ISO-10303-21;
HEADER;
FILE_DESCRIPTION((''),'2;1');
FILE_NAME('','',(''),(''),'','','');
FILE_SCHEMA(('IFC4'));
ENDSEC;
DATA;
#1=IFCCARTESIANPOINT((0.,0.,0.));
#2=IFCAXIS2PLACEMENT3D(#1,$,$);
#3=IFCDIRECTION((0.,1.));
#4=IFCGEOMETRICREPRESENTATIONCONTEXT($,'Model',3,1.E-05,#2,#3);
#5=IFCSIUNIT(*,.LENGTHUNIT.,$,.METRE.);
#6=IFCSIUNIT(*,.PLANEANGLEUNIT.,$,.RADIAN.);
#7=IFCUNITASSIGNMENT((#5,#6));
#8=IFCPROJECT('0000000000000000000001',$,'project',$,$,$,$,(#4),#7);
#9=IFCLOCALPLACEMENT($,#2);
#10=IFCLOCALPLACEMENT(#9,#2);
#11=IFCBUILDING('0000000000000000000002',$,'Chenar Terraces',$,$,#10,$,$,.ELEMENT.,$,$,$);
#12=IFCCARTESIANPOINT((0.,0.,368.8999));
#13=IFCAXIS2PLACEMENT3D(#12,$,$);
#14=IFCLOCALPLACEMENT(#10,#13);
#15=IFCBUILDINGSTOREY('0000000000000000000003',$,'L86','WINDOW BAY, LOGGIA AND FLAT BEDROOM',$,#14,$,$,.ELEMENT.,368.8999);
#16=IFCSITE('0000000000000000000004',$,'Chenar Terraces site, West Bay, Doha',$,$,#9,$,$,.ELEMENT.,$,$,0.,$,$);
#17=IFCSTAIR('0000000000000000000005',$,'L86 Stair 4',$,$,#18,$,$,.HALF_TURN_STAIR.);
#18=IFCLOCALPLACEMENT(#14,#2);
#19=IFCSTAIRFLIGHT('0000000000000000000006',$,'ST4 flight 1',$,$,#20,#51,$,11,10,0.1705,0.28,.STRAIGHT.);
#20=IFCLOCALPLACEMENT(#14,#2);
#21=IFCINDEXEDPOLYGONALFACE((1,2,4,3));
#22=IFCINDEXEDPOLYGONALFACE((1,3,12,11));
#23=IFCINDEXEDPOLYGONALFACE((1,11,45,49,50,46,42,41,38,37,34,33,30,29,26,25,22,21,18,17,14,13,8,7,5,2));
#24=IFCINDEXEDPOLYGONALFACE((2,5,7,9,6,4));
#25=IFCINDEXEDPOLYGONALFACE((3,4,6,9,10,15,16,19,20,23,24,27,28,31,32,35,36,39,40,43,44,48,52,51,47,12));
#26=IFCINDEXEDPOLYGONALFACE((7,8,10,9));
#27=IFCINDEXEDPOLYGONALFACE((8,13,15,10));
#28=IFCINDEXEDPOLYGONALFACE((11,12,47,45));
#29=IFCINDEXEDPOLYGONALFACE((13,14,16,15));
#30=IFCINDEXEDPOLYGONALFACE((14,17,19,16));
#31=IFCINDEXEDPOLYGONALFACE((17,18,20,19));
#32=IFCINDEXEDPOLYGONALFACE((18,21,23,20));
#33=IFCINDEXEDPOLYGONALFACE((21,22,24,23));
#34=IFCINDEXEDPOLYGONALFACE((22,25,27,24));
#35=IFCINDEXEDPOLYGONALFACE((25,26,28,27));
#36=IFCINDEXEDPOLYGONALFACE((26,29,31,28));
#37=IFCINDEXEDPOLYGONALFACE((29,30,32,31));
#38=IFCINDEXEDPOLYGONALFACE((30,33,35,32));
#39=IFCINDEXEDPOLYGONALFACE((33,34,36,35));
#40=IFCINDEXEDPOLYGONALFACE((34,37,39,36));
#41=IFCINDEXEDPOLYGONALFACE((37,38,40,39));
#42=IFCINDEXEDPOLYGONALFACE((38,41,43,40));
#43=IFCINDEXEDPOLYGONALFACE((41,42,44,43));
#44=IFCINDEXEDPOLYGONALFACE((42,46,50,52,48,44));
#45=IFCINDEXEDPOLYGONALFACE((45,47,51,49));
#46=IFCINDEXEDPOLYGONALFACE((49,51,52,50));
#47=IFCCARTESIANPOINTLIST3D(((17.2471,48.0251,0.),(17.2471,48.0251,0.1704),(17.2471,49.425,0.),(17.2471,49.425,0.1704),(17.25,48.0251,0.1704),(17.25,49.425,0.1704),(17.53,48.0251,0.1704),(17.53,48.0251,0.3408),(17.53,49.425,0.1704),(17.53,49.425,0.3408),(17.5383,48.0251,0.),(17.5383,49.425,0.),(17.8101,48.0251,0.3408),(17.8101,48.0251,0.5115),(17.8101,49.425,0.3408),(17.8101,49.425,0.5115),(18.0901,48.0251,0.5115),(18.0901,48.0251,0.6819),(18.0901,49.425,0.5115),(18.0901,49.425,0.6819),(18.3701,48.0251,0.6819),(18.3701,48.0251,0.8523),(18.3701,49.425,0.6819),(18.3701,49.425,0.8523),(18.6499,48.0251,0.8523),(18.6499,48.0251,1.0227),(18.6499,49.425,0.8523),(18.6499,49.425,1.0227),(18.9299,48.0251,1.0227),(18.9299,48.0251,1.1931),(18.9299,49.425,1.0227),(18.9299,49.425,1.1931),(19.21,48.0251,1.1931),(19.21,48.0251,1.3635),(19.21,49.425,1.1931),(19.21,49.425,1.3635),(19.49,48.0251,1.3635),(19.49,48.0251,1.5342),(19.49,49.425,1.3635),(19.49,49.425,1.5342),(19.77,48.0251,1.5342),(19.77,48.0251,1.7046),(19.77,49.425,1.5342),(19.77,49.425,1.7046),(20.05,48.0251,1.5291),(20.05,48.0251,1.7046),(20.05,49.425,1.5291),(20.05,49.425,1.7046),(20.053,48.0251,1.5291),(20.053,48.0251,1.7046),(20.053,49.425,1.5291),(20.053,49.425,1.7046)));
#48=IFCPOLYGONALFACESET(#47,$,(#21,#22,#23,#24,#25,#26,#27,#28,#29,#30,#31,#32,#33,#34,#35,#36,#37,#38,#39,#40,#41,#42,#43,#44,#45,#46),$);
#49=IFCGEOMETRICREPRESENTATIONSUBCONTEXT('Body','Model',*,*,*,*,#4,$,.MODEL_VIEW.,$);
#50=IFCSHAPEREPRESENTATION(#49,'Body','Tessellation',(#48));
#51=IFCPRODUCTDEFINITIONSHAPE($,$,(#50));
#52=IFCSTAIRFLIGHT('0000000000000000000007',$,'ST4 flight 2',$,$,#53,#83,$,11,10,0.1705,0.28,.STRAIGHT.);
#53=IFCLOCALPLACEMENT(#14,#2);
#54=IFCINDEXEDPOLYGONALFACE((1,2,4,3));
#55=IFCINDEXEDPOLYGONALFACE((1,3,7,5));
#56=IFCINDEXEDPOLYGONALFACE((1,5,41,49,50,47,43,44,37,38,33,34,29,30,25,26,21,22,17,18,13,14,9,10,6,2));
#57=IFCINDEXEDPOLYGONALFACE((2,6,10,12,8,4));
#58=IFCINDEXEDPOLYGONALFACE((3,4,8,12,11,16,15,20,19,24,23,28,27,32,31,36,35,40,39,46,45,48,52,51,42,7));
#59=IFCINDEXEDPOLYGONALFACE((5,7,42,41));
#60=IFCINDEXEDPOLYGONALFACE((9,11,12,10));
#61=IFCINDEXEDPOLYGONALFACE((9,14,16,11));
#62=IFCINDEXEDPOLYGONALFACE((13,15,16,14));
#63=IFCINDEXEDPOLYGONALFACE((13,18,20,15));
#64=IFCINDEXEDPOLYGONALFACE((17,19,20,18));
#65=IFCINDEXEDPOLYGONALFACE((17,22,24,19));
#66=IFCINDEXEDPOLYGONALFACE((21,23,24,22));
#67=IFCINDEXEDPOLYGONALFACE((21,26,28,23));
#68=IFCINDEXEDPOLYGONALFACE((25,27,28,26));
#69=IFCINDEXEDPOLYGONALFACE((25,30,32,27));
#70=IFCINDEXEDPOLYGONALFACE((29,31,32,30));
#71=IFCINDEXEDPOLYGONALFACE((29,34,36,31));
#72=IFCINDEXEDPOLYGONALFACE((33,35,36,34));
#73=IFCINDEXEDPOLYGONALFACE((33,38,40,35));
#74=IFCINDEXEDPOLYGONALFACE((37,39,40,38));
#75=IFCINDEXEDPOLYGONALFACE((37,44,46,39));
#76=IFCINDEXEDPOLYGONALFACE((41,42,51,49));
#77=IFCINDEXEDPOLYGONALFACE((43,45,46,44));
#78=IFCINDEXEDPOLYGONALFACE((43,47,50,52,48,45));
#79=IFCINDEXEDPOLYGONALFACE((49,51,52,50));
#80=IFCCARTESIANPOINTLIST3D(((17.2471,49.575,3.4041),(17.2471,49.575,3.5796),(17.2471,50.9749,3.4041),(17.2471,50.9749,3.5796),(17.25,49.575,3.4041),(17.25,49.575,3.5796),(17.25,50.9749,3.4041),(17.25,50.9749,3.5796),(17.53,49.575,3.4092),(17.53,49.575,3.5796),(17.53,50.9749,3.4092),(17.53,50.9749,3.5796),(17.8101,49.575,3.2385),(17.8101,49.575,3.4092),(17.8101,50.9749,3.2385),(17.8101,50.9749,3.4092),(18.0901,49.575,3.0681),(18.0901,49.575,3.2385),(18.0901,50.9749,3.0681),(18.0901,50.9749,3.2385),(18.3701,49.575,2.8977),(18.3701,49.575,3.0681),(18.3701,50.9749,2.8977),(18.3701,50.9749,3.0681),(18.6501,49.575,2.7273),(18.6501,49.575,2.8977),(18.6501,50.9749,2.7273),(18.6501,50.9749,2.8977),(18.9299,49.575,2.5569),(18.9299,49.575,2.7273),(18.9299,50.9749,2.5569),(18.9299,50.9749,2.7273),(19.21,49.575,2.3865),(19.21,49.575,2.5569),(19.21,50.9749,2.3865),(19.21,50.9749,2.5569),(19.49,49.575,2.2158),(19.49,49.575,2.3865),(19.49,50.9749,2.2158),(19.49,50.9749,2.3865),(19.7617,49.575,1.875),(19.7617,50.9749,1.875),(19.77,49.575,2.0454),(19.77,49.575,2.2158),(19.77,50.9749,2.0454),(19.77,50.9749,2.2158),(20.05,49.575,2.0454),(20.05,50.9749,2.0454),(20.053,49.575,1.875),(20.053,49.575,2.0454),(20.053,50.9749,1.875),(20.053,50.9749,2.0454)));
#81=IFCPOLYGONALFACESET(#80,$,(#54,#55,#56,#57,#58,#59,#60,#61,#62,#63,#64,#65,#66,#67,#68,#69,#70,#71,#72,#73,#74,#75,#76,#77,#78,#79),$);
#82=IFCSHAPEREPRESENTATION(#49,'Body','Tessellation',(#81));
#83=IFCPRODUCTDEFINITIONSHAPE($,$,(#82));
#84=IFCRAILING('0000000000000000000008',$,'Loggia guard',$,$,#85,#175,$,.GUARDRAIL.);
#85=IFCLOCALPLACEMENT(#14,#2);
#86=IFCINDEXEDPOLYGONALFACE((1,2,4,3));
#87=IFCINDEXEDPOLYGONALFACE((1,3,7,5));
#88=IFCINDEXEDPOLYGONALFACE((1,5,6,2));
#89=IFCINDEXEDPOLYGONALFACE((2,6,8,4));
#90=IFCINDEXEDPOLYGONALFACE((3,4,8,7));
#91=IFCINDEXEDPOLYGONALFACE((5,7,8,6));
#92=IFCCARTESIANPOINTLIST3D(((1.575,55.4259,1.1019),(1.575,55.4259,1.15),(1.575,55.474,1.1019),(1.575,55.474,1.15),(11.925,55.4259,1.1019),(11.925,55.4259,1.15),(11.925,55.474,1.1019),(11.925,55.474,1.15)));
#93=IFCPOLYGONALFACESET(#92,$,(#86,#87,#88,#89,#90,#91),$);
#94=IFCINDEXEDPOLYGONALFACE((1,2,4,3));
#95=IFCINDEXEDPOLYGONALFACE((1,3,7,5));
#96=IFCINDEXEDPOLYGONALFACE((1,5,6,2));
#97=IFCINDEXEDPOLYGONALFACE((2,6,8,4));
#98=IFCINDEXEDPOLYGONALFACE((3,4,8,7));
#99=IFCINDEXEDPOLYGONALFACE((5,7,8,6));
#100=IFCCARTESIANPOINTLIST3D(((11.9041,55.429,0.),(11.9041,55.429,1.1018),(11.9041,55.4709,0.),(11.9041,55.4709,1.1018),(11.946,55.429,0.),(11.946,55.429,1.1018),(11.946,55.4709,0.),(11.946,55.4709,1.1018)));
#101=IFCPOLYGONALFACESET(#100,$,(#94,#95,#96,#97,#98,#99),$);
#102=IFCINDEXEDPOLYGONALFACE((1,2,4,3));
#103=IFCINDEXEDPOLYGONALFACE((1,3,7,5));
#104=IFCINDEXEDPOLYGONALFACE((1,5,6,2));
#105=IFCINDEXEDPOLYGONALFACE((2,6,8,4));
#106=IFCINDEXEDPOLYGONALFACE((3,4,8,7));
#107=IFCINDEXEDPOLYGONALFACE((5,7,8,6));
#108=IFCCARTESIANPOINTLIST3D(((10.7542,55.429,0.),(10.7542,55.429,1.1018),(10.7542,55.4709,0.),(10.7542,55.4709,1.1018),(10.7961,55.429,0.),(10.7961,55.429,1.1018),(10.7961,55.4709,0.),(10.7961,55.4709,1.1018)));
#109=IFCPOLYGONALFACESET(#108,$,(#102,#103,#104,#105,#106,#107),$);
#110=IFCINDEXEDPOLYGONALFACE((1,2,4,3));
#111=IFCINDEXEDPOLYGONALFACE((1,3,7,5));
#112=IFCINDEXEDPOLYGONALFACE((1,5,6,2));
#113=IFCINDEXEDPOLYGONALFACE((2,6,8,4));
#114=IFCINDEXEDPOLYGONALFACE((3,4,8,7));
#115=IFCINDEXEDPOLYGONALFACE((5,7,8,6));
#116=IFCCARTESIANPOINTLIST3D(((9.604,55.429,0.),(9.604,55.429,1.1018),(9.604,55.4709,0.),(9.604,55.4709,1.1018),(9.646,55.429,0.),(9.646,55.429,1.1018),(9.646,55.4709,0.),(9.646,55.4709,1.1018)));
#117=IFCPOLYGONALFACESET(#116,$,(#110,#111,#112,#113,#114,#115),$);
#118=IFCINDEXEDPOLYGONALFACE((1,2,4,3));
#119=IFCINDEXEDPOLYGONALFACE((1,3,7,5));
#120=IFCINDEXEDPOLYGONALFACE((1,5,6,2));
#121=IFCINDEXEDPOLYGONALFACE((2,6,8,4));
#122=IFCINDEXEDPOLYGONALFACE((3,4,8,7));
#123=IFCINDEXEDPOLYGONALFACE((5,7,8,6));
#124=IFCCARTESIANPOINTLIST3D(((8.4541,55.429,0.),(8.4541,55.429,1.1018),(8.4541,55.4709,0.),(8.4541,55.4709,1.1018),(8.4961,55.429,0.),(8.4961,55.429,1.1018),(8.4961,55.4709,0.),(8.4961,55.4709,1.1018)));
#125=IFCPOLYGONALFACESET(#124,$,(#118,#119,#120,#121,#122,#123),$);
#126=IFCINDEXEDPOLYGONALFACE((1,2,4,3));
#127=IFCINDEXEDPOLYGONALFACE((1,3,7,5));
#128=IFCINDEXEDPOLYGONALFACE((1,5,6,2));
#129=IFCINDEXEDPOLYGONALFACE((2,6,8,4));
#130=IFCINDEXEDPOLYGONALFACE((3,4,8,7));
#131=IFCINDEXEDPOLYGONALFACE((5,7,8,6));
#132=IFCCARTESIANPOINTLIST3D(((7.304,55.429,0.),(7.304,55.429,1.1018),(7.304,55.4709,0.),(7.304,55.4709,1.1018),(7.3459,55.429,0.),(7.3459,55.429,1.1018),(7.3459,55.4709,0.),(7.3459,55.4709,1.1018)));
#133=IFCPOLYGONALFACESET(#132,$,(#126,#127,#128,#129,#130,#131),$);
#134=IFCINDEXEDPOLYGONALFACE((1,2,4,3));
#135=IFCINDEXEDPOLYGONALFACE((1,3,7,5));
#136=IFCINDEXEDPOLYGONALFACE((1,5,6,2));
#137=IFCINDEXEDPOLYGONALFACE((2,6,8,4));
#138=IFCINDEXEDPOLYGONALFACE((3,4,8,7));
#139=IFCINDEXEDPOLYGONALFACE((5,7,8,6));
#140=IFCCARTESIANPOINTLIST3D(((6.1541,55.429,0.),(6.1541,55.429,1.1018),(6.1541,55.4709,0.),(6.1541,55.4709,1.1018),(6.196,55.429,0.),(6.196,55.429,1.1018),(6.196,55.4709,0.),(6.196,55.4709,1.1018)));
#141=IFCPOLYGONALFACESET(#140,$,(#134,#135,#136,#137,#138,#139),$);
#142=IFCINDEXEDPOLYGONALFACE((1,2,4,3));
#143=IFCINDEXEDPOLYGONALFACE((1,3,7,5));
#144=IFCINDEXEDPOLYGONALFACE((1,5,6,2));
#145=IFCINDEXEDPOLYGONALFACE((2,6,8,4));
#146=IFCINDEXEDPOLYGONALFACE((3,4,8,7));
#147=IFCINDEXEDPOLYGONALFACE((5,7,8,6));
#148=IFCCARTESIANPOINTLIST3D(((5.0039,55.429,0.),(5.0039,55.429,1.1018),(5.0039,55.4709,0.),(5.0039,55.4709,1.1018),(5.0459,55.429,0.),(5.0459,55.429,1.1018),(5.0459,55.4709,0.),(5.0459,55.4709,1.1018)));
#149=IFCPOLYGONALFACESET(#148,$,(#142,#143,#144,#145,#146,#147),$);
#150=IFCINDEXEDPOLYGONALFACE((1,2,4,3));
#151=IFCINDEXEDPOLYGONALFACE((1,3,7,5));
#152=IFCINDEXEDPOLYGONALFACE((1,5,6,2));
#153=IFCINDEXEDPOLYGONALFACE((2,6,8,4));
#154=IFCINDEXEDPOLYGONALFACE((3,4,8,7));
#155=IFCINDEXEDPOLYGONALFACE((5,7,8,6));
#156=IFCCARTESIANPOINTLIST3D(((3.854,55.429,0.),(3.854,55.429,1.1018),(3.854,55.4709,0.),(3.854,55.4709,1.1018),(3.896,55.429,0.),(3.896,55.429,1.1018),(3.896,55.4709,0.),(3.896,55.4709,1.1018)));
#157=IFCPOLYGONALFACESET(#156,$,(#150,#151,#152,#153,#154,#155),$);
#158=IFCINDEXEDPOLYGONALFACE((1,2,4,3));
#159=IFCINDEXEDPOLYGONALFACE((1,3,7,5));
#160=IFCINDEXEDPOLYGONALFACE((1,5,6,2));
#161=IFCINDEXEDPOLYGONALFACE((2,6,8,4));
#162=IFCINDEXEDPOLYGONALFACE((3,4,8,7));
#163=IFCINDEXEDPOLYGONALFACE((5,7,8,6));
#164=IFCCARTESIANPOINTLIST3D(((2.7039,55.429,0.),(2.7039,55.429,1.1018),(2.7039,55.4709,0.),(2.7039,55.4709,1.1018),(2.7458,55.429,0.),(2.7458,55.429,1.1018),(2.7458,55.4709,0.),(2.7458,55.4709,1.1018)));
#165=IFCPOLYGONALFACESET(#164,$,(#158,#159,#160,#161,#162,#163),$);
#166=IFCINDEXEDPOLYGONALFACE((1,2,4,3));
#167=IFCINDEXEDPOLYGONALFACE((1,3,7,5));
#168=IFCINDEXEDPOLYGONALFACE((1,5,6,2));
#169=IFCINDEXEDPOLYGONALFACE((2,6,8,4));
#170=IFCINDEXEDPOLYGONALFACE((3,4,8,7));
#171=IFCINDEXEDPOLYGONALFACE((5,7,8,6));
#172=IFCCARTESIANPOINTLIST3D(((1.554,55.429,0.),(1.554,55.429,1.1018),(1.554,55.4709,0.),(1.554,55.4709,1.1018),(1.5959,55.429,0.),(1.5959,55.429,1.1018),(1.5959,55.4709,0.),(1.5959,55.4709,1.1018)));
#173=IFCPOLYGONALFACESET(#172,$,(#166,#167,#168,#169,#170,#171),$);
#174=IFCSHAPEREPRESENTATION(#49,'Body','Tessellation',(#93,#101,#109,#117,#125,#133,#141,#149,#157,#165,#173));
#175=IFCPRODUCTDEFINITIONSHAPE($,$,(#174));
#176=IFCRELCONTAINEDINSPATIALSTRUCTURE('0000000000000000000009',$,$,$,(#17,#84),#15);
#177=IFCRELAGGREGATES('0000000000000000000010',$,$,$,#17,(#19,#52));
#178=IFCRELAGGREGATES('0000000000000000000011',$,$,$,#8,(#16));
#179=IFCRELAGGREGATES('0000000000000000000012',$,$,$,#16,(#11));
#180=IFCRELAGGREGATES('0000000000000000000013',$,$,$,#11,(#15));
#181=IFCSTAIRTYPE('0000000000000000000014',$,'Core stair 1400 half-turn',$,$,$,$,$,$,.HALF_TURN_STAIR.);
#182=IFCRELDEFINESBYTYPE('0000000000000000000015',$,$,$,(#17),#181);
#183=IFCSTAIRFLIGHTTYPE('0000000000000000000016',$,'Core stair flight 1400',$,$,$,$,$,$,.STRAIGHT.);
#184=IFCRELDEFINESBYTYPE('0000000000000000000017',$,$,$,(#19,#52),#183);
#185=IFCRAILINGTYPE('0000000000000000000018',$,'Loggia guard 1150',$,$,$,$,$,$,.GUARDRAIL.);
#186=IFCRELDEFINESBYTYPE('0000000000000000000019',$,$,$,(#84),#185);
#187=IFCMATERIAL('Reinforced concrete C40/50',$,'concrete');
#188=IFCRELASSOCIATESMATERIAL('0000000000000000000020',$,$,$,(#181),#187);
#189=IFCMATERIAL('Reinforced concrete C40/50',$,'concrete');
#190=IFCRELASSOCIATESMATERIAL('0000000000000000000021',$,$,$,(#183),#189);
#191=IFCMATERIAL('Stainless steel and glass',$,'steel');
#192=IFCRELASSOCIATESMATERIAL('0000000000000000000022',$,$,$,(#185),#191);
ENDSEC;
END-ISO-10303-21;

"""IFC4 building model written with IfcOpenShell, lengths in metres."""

from ifc_helpers import new_model, si_unit, direction, frame, origin, origin_2d, place, context, subcontext, project, spatial, polyline, rectangle, outline, extrude, material, type_object, element, aggregate, save


model = new_model("IFC4")

# Units and contexts
model_context = context("Model", 3, precision=1e-05, world=origin(), true_north=direction((0.0, 1.0)))
body_context = subcontext(model_context, "Body", "Model", "MODEL_VIEW")
ifc_project = project(units=[si_unit("LENGTHUNIT", "METRE"), si_unit("PLANEANGLEUNIT", "RADIAN")], contexts=[model_context])

# Site, building, storey
site_placement = place(None, origin())
site = spatial("IfcSite", under=ifc_project, at=site_placement, Name="Chenar Terraces site, West Bay, Doha", CompositionType="ELEMENT", RefElevation=0.0)
building_placement = place(site_placement, origin())
building = spatial("IfcBuilding", under=site, at=building_placement, Name="Chenar Terraces", CompositionType="ELEMENT")
storey_placement = place(building_placement, frame((0.0, 0.0, 368.8999)))
storey = spatial("IfcBuildingStorey", under=building, at=storey_placement, Name="L86", Description="WINDOW BAY, LOGGIA AND FLAT BEDROOM", CompositionType="ELEMENT", Elevation=368.8999)

# Stair, stair flights
ifc_material_1 = material(Name="Reinforced concrete C40/50", Category="concrete")
stair_type = type_object("IfcStairType", Name="Core stair 1400 half-turn", PredefinedType="HALF_TURN_STAIR", material=ifc_material_1)
stair_placement = place(storey_placement, origin())
stair = element("IfcStair", 1, at=stair_placement, inside=storey, type_object=stair_type, Name="L86 Stair 4", PredefinedType="HALF_TURN_STAIR")
ifc_material_2 = material(Name="Reinforced concrete C40/50", Category="concrete")
stair_flight_type = type_object("IfcStairFlightType", Name="Core stair flight 1400", PredefinedType="STRAIGHT", material=ifc_material_2)
stair_flight_1_placement = place(storey_placement, frame((17.25, 48.7251, 0.0), z_axis=(0.0, 0.0, 1.0), x_axis=(1.0, 0.0, 0.0)))
stair_flight_1 = element("IfcStairFlight", 2, at=stair_flight_1_placement, type_object=stair_flight_type, Name="ST4 flight 1", NumberOfRisers=11, NumberOfTreads=10, PredefinedType="STRAIGHT", RiserHeight=0.1705, TreadLength=0.28, context=body_context, shape_type="SweptSolid", body=[
    extrude(outline(polyline([(-0.0029, 0.0), (-0.0029, 0.1704), (0.0, 0.1704), (0.28, 0.1704), (0.28, 0.3408), (0.5601, 0.3408), (0.5601, 0.5115), (0.8401, 0.5115), (0.8401, 0.6819), (1.1201, 0.6819), (1.1201, 0.8523), (1.3999, 0.8523), (1.3999, 1.0227), (1.6799, 1.0227), (1.6799, 1.1931), (1.96, 1.1931), (1.96, 1.3635), (2.24, 1.3635), (2.24, 1.5342), (2.52, 1.5342), (2.52, 1.7046), (2.8, 1.7046), (2.803, 1.7046), (2.803, 1.5291), (2.8, 1.5291), (0.2883, 0.0), (-0.0029, 0.0)])), frame((0.0, 0.7, 0.0), z_axis=(0.0, -1.0, 0.0), x_axis=(1.0, 0.0, 0.0)), (0.0, 0.0, 1.0), 1.3999),
])
stair_flight_2_placement = place(storey_placement, frame((20.05, 50.2749, 1.875), z_axis=(0.0, 0.0, 1.0), x_axis=(-1.0, 0.0, 0.0)))
stair_flight_2 = element("IfcStairFlight", 3, at=stair_flight_2_placement, type_object=stair_flight_type, Name="ST4 flight 2", NumberOfRisers=11, NumberOfTreads=10, PredefinedType="STRAIGHT", RiserHeight=0.1705, TreadLength=0.28, context=body_context, shape_type="SweptSolid", body=[
    extrude(outline(polyline([(-0.0029, 0.0), (-0.0029, 0.1704), (0.0, 0.1704), (0.28, 0.1704), (0.28, 0.3408), (0.5601, 0.3408), (0.5601, 0.5115), (0.8401, 0.5115), (0.8401, 0.6819), (1.1201, 0.6819), (1.1201, 0.8523), (1.3999, 0.8523), (1.3999, 1.0227), (1.6799, 1.0227), (1.6799, 1.1931), (1.96, 1.1931), (1.96, 1.3635), (2.24, 1.3635), (2.24, 1.5342), (2.52, 1.5342), (2.52, 1.7046), (2.8, 1.7046), (2.803, 1.7046), (2.803, 1.5291), (2.8, 1.5291), (0.2883, 0.0), (-0.0029, 0.0)])), frame((0.0, 0.7, 0.0), z_axis=(0.0, -1.0, 0.0), x_axis=(1.0, 0.0, 0.0)), (0.0, 0.0, 1.0), 1.3999),
])
aggregate(stair, [stair_flight_1, stair_flight_2])

# Railing
ifc_material_3 = material(Name="Stainless steel and glass", Category="steel")
railing_type_1 = type_object("IfcRailingType", Name="Loggia guard 1150", PredefinedType="GUARDRAIL", material=ifc_material_3)
railing_1_placement = place(storey_placement, frame((11.925, 55.45, 0.0)))
element("IfcRailing", 4, at=railing_1_placement, inside=storey, type_object=railing_type_1, Name="Loggia guard", PredefinedType="GUARDRAIL", context=body_context, shape_type="SweptSolid", body=[
    extrude(rectangle(XDim=0.0481, YDim=0.0481, at=origin_2d()), frame((0.0, 0.0, 1.126), z_axis=(-1.0, 0.0, 0.0), x_axis=(0.0, -1.0, 0.0)), (0.0, 0.0, 1.0), 10.3501),
    extrude(rectangle(XDim=0.042, YDim=0.042, at=origin_2d()), origin(), (0.0, 0.0, 1.0), 1.1018),
    extrude(rectangle(XDim=0.042, YDim=0.042, at=origin_2d()), frame((-1.1499, 0.0, 0.0)), (0.0, 0.0, 1.0), 1.1018),
    extrude(rectangle(XDim=0.042, YDim=0.042, at=origin_2d()), frame((-2.3, 0.0, 0.0)), (0.0, 0.0, 1.0), 1.1018),
    extrude(rectangle(XDim=0.042, YDim=0.042, at=origin_2d()), frame((-3.45, 0.0, 0.0)), (0.0, 0.0, 1.0), 1.1018),
    extrude(rectangle(XDim=0.042, YDim=0.042, at=origin_2d()), frame((-4.6001, 0.0, 0.0)), (0.0, 0.0, 1.0), 1.1018),
    extrude(rectangle(XDim=0.042, YDim=0.042, at=origin_2d()), frame((-5.75, 0.0, 0.0)), (0.0, 0.0, 1.0), 1.1018),
    extrude(rectangle(XDim=0.042, YDim=0.042, at=origin_2d()), frame((-6.9001, 0.0, 0.0)), (0.0, 0.0, 1.0), 1.1018),
    extrude(rectangle(XDim=0.042, YDim=0.042, at=origin_2d()), frame((-8.05, 0.0, 0.0)), (0.0, 0.0, 1.0), 1.1018),
    extrude(rectangle(XDim=0.042, YDim=0.042, at=origin_2d()), frame((-9.2002, 0.0, 0.0)), (0.0, 0.0, 1.0), 1.1018),
    extrude(rectangle(XDim=0.042, YDim=0.042, at=origin_2d()), frame((-10.3501, 0.0, 0.0)), (0.0, 0.0, 1.0), 1.1018),
])

save(model, "model.ifc")
